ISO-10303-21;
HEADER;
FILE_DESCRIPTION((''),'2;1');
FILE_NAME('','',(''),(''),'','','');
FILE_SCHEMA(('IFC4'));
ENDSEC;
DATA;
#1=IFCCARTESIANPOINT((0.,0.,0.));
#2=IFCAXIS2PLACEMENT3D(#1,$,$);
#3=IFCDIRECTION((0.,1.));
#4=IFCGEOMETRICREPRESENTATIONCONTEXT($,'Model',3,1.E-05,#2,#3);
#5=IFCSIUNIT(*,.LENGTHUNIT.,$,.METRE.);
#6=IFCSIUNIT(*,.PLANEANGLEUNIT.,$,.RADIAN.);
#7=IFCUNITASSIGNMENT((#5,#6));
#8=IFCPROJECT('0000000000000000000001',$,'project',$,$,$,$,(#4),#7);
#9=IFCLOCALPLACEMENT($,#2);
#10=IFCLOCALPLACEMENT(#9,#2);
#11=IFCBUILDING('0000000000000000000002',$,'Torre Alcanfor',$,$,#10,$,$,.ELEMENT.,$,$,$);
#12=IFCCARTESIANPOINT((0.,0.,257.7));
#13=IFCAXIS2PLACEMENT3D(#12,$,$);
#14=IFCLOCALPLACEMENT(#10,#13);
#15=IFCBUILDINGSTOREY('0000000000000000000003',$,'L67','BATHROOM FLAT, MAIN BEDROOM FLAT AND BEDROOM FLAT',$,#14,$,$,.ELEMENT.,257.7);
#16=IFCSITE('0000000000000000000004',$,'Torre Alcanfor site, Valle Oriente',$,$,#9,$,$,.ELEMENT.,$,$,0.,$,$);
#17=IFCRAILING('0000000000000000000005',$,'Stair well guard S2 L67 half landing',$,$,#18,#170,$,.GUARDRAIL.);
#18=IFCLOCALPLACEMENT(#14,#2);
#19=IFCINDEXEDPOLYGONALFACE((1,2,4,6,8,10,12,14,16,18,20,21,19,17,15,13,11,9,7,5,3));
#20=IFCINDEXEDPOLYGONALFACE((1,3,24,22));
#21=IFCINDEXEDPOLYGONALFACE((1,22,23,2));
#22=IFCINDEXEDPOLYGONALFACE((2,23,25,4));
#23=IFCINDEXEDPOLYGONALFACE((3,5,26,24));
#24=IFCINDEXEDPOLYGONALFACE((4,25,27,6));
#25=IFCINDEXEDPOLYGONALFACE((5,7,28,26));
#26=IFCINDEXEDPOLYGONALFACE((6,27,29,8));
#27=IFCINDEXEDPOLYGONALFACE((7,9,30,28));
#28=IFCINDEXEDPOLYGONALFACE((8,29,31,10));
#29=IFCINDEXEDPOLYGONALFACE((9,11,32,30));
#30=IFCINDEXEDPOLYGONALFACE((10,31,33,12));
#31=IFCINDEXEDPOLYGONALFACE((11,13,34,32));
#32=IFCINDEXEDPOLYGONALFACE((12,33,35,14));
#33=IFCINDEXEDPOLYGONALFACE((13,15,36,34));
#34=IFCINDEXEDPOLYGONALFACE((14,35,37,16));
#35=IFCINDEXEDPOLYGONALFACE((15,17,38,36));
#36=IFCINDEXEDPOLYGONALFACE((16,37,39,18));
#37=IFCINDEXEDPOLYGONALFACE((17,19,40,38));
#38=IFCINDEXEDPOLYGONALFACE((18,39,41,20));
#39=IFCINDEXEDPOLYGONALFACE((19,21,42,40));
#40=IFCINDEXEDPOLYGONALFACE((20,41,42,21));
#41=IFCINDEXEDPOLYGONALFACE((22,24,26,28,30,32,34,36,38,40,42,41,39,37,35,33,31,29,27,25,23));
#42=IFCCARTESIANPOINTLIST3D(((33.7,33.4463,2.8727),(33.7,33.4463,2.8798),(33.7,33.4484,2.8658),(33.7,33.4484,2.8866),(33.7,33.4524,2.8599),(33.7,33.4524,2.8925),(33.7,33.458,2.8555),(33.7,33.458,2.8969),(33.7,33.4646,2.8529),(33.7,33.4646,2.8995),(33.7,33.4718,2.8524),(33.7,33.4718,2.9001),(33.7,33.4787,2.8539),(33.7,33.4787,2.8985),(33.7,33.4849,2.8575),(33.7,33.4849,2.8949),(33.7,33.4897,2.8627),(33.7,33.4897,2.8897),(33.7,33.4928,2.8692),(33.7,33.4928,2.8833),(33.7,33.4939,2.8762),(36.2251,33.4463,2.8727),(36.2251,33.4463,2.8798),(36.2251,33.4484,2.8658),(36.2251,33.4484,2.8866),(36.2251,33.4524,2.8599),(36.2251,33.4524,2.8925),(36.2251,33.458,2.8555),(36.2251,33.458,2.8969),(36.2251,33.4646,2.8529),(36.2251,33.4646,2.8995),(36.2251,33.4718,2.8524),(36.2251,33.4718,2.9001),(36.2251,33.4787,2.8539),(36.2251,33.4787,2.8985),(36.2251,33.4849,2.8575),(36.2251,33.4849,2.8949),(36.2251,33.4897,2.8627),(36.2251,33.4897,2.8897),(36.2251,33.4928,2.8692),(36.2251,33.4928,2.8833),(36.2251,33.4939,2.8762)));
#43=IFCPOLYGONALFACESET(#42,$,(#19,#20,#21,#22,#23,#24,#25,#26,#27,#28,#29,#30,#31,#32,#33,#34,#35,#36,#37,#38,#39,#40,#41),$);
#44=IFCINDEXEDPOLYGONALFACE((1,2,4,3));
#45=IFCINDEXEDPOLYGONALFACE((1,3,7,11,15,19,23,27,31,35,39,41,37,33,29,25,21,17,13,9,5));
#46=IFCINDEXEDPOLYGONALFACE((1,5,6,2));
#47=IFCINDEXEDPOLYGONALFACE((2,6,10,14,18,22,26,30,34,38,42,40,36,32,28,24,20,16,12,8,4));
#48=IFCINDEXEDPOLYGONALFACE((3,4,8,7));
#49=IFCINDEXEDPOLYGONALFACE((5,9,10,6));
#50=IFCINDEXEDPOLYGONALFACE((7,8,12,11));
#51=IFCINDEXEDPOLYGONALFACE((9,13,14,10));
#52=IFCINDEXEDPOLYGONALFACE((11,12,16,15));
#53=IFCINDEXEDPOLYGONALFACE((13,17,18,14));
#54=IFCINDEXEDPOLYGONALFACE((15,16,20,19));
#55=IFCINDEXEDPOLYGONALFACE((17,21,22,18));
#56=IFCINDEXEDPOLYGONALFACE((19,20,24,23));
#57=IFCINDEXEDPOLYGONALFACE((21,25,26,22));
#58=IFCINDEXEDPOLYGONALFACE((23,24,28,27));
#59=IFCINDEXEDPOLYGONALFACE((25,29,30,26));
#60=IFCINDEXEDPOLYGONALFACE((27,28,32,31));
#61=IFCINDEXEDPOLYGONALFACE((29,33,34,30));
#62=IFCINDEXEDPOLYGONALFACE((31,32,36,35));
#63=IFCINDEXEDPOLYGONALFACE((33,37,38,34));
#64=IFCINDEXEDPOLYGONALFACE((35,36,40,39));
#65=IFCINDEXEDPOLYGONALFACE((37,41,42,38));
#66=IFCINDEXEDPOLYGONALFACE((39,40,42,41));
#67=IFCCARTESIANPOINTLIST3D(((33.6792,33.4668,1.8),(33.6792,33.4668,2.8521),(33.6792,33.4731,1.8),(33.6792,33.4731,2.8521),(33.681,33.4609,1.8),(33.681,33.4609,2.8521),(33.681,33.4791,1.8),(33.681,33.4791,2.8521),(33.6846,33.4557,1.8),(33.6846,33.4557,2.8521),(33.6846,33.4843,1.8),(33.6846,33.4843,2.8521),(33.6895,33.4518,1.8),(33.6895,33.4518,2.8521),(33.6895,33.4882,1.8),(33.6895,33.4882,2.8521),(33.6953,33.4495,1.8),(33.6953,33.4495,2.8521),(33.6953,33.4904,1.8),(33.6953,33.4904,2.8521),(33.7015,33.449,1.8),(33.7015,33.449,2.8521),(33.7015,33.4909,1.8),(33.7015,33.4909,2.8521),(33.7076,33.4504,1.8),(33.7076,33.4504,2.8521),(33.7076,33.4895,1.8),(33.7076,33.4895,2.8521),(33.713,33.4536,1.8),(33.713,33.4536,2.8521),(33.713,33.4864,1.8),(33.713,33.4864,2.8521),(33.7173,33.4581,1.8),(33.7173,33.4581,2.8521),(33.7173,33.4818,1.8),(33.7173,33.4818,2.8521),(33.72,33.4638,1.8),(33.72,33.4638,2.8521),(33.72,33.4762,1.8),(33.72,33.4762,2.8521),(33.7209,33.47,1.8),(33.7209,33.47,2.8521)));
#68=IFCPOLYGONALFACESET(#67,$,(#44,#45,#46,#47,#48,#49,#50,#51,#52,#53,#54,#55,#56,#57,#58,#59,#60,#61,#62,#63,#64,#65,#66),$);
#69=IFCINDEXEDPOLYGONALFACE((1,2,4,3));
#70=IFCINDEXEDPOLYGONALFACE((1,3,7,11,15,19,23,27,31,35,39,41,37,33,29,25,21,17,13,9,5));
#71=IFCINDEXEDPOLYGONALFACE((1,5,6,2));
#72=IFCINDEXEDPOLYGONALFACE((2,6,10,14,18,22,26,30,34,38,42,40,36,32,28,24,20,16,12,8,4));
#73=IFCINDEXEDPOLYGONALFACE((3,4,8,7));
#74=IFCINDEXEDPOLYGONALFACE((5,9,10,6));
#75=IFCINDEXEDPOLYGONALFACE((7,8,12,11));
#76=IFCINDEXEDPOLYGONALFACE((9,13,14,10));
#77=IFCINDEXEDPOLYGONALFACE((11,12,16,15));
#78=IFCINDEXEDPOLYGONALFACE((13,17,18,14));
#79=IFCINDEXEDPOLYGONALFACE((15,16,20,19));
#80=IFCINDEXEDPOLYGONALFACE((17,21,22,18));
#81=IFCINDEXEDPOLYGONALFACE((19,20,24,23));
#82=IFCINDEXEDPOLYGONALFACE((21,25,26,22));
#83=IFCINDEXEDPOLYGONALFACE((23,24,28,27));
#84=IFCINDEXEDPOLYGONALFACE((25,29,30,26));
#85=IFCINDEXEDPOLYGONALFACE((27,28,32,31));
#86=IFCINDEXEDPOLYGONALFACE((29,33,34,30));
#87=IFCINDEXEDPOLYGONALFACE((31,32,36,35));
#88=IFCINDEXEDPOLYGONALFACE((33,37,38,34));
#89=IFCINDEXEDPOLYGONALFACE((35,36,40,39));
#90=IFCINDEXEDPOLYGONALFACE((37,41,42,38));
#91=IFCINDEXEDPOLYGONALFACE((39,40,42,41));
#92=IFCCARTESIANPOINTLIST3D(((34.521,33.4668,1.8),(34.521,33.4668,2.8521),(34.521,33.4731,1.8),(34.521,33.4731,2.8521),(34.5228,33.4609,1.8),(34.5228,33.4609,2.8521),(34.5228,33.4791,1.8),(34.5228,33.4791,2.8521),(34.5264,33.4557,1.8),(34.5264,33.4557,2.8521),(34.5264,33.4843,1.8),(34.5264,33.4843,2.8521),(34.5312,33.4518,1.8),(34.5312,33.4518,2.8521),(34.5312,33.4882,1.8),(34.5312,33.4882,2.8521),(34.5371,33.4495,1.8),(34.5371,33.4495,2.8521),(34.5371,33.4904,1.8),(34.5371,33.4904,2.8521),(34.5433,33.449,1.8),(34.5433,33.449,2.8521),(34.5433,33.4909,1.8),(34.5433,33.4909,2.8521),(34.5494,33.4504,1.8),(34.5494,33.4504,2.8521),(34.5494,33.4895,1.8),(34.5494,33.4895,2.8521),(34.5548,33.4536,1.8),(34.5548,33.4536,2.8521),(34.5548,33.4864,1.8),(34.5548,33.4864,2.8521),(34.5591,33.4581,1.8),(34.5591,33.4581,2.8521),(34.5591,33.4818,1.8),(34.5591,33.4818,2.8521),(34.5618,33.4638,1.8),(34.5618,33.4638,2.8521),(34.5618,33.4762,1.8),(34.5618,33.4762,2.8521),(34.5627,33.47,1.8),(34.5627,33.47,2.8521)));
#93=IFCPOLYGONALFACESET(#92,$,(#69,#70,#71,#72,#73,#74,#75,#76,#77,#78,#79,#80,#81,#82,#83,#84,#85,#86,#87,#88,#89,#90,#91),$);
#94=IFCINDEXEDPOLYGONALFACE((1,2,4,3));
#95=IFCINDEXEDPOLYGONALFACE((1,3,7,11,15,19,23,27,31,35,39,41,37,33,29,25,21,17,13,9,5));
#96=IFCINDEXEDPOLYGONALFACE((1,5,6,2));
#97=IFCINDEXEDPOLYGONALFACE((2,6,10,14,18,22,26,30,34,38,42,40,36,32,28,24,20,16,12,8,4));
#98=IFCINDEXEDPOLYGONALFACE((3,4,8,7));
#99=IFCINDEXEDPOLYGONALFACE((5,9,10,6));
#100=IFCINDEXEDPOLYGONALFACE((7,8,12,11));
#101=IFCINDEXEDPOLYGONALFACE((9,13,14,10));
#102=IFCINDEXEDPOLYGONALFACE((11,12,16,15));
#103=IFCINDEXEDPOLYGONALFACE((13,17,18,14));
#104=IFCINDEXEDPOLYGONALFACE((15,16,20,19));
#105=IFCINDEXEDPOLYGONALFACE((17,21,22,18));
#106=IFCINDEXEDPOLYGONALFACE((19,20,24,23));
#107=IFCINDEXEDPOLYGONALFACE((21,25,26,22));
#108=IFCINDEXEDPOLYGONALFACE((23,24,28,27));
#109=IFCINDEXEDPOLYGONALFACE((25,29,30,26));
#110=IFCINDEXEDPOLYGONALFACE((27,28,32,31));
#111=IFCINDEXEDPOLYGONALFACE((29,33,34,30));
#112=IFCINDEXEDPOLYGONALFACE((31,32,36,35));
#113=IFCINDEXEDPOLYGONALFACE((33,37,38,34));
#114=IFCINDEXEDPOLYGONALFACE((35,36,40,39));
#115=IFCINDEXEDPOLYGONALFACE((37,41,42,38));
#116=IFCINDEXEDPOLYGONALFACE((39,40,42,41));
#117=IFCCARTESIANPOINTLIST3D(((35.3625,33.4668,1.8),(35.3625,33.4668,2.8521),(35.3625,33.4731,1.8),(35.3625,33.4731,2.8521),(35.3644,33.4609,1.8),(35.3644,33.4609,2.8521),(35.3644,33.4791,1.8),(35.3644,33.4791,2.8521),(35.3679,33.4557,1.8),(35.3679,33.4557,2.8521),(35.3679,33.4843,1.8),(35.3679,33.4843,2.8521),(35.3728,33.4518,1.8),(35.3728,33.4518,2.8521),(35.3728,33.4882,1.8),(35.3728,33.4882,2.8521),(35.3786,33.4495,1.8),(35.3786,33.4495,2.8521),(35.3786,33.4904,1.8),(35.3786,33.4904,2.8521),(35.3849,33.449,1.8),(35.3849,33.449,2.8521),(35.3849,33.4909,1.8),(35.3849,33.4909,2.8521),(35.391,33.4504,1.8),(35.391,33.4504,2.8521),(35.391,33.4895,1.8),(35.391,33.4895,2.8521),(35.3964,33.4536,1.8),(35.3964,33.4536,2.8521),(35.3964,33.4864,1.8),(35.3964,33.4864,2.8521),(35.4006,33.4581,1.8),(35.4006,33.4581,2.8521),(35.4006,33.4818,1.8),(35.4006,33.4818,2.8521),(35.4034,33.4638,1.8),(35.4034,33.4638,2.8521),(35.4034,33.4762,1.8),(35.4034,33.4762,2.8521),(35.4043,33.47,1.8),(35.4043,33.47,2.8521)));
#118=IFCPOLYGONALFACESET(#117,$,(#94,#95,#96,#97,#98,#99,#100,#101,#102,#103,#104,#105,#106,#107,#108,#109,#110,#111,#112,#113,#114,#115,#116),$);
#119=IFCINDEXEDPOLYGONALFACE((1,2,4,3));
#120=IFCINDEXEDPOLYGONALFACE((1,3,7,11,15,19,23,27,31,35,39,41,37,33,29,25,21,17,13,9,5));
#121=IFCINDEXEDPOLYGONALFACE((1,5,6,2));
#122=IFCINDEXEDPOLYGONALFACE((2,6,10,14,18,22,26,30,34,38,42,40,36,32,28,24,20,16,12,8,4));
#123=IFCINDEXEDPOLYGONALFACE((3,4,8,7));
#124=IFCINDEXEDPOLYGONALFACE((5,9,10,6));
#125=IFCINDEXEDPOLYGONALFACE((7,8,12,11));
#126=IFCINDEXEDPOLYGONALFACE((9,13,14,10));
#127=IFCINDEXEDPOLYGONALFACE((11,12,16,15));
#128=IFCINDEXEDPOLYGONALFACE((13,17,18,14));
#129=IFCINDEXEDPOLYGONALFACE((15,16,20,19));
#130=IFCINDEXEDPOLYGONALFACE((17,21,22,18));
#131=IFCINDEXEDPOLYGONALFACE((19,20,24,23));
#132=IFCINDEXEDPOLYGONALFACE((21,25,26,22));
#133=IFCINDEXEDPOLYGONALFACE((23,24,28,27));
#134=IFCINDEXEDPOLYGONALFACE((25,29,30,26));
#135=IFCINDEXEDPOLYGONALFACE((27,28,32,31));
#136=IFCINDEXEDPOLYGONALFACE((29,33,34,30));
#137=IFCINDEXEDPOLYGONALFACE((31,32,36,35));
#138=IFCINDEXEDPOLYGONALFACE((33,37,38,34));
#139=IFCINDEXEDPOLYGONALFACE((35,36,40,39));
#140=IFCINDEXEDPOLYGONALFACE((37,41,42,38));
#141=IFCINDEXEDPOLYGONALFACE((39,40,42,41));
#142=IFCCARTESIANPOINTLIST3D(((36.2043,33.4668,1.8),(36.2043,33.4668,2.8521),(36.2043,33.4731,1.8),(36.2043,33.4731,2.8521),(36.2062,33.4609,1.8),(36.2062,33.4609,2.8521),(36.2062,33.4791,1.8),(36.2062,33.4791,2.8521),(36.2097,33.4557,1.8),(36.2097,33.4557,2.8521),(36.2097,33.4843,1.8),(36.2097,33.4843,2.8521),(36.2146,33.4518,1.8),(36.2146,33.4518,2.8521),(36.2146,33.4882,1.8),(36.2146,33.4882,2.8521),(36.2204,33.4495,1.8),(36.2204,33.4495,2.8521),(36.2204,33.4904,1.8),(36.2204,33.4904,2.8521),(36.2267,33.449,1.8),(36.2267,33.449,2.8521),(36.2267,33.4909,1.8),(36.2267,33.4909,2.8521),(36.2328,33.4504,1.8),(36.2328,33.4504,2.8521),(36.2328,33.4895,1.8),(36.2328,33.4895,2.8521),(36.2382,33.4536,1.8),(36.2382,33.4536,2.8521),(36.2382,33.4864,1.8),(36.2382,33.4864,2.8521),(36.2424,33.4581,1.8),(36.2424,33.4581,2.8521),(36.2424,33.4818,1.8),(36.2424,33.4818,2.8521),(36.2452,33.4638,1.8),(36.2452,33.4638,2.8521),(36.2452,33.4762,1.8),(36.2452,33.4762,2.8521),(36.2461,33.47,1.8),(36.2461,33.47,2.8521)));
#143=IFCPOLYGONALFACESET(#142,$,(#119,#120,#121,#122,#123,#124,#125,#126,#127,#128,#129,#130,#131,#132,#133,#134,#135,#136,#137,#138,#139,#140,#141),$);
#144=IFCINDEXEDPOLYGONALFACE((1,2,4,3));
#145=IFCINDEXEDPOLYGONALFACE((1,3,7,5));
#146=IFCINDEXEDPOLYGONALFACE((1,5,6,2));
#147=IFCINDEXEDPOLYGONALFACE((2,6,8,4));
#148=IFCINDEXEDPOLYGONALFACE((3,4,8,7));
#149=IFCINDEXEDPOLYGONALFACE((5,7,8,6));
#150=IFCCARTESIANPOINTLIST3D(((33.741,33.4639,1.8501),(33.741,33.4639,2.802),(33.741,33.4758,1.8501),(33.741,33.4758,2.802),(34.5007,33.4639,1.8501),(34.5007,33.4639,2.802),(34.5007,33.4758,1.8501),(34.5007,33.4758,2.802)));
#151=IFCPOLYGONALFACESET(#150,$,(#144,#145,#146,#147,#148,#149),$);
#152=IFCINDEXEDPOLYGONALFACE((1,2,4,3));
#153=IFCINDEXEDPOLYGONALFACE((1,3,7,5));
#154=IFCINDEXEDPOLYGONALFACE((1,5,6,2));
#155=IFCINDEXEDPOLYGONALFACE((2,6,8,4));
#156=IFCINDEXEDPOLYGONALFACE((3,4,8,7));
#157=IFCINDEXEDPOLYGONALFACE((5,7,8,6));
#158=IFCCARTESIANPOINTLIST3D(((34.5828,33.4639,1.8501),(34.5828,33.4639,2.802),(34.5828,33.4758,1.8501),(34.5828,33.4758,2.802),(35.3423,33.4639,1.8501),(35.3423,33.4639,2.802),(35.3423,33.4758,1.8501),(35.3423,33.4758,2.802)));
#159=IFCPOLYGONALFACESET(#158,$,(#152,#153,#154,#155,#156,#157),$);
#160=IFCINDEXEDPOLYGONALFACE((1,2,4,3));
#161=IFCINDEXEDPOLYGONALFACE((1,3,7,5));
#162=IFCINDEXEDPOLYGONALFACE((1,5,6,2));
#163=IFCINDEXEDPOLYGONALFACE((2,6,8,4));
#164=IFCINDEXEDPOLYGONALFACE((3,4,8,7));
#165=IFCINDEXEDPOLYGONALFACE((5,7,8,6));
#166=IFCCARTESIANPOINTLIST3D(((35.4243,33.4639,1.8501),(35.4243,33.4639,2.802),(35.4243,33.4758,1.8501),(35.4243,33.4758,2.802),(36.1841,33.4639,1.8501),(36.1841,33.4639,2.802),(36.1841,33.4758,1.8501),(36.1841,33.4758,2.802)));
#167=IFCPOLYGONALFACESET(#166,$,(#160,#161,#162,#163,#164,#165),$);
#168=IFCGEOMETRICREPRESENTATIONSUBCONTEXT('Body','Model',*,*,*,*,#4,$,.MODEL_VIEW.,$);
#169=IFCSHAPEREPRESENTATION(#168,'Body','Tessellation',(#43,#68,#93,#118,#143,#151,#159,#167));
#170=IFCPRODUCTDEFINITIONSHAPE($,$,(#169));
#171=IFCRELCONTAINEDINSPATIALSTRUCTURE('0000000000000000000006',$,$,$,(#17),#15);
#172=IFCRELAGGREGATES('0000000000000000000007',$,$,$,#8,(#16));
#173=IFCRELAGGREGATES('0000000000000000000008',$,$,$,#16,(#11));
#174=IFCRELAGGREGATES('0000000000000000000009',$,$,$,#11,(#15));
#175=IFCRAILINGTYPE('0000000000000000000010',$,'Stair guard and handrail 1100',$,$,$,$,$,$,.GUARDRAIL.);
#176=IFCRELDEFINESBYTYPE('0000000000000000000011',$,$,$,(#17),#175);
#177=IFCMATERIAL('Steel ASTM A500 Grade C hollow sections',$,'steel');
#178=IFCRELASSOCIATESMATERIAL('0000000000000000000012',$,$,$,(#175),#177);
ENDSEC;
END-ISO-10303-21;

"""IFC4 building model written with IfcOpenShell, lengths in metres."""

from ifc_helpers import new_model, si_unit, direction, frame, origin, origin_2d, place, context, subcontext, project, spatial, polyline, circle, outline, extrude, material, type_object, element, save


model = new_model("IFC4")

# Units and contexts
model_context = context("Model", 3, precision=1e-05, world=origin(), true_north=direction((0.0, 1.0)))
body_context = subcontext(model_context, "Body", "Model", "MODEL_VIEW")
ifc_project = project(units=[si_unit("LENGTHUNIT", "METRE"), si_unit("PLANEANGLEUNIT", "RADIAN")], contexts=[model_context])

# Site, building, storey
site_placement = place(None, origin())
site = spatial("IfcSite", under=ifc_project, at=site_placement, Name="Torre Alcanfor site, Valle Oriente", CompositionType="ELEMENT", RefElevation=0.0)
building_placement = place(site_placement, origin())
building = spatial("IfcBuilding", under=site, at=building_placement, Name="Torre Alcanfor", CompositionType="ELEMENT")
storey_placement = place(building_placement, frame((0.0, 0.0, 257.7)))
storey = spatial("IfcBuildingStorey", under=building, at=storey_placement, Name="L67", Description="BATHROOM FLAT, MAIN BEDROOM FLAT AND BEDROOM FLAT", CompositionType="ELEMENT", Elevation=257.7)

# Railing
ifc_material_1 = material(Name="Steel ASTM A500 Grade C hollow sections", Category="steel")
railing_type_1 = type_object("IfcRailingType", Name="Stair guard and handrail 1100", PredefinedType="GUARDRAIL", material=ifc_material_1)
for number, where, name in (
    (1, (33.7, 33.47, 1.8), "Stair well guard S2 L67 half landing"),
):
    element("IfcRailing", number, at=place(storey_placement, frame(where)), inside=storey, type_object=railing_type_1, Name=name, PredefinedType="GUARDRAIL", context=body_context, shape_type="SweptSolid", body=[
        extrude(circle(Radius=0.0239, at=origin_2d()), frame((0.0, 0.0, 1.0762), z_axis=(1.0, 0.0, 0.0), x_axis=(0.0, 1.0, 0.0)), (0.0, 0.0, 1.0), 2.5251),
        extrude(circle(Radius=0.021, at=origin_2d()), origin(), (0.0, 0.0, 1.0), 1.052),
        extrude(circle(Radius=0.021, at=origin_2d()), frame((0.8418, 0.0, 0.0)), (0.0, 0.0, 1.0), 1.052),
        extrude(circle(Radius=0.021, at=origin_2d()), frame((1.6833, 0.0, 0.0)), (0.0, 0.0, 1.0), 1.052),
        extrude(circle(Radius=0.021, at=origin_2d()), frame((2.5251, 0.0, 0.0)), (0.0, 0.0, 1.0), 1.052),
        extrude(outline(polyline([(0.041, 0.05), (0.8008, 0.05), (0.8008, 1.002), (0.041, 1.002), (0.041, 0.05)])), frame((0.0, 0.0059, 0.0), z_axis=(0.0, -1.0, 0.0), x_axis=(1.0, 0.0, 0.0)), (0.0, 0.0, 1.0), 0.012),
        extrude(outline(polyline([(0.8828, 0.05), (1.6423, 0.05), (1.6423, 1.002), (0.8828, 1.002), (0.8828, 0.05)])), frame((0.0, 0.0059, 0.0), z_axis=(0.0, -1.0, 0.0), x_axis=(1.0, 0.0, 0.0)), (0.0, 0.0, 1.0), 0.012),
        extrude(outline(polyline([(1.7244, 0.05), (2.4841, 0.05), (2.4841, 1.002), (1.7244, 1.002), (1.7244, 0.05)])), frame((0.0, 0.0059, 0.0), z_axis=(0.0, -1.0, 0.0), x_axis=(1.0, 0.0, 0.0)), (0.0, 0.0, 1.0), 0.012),
    ])

save(model, "model.ifc")
